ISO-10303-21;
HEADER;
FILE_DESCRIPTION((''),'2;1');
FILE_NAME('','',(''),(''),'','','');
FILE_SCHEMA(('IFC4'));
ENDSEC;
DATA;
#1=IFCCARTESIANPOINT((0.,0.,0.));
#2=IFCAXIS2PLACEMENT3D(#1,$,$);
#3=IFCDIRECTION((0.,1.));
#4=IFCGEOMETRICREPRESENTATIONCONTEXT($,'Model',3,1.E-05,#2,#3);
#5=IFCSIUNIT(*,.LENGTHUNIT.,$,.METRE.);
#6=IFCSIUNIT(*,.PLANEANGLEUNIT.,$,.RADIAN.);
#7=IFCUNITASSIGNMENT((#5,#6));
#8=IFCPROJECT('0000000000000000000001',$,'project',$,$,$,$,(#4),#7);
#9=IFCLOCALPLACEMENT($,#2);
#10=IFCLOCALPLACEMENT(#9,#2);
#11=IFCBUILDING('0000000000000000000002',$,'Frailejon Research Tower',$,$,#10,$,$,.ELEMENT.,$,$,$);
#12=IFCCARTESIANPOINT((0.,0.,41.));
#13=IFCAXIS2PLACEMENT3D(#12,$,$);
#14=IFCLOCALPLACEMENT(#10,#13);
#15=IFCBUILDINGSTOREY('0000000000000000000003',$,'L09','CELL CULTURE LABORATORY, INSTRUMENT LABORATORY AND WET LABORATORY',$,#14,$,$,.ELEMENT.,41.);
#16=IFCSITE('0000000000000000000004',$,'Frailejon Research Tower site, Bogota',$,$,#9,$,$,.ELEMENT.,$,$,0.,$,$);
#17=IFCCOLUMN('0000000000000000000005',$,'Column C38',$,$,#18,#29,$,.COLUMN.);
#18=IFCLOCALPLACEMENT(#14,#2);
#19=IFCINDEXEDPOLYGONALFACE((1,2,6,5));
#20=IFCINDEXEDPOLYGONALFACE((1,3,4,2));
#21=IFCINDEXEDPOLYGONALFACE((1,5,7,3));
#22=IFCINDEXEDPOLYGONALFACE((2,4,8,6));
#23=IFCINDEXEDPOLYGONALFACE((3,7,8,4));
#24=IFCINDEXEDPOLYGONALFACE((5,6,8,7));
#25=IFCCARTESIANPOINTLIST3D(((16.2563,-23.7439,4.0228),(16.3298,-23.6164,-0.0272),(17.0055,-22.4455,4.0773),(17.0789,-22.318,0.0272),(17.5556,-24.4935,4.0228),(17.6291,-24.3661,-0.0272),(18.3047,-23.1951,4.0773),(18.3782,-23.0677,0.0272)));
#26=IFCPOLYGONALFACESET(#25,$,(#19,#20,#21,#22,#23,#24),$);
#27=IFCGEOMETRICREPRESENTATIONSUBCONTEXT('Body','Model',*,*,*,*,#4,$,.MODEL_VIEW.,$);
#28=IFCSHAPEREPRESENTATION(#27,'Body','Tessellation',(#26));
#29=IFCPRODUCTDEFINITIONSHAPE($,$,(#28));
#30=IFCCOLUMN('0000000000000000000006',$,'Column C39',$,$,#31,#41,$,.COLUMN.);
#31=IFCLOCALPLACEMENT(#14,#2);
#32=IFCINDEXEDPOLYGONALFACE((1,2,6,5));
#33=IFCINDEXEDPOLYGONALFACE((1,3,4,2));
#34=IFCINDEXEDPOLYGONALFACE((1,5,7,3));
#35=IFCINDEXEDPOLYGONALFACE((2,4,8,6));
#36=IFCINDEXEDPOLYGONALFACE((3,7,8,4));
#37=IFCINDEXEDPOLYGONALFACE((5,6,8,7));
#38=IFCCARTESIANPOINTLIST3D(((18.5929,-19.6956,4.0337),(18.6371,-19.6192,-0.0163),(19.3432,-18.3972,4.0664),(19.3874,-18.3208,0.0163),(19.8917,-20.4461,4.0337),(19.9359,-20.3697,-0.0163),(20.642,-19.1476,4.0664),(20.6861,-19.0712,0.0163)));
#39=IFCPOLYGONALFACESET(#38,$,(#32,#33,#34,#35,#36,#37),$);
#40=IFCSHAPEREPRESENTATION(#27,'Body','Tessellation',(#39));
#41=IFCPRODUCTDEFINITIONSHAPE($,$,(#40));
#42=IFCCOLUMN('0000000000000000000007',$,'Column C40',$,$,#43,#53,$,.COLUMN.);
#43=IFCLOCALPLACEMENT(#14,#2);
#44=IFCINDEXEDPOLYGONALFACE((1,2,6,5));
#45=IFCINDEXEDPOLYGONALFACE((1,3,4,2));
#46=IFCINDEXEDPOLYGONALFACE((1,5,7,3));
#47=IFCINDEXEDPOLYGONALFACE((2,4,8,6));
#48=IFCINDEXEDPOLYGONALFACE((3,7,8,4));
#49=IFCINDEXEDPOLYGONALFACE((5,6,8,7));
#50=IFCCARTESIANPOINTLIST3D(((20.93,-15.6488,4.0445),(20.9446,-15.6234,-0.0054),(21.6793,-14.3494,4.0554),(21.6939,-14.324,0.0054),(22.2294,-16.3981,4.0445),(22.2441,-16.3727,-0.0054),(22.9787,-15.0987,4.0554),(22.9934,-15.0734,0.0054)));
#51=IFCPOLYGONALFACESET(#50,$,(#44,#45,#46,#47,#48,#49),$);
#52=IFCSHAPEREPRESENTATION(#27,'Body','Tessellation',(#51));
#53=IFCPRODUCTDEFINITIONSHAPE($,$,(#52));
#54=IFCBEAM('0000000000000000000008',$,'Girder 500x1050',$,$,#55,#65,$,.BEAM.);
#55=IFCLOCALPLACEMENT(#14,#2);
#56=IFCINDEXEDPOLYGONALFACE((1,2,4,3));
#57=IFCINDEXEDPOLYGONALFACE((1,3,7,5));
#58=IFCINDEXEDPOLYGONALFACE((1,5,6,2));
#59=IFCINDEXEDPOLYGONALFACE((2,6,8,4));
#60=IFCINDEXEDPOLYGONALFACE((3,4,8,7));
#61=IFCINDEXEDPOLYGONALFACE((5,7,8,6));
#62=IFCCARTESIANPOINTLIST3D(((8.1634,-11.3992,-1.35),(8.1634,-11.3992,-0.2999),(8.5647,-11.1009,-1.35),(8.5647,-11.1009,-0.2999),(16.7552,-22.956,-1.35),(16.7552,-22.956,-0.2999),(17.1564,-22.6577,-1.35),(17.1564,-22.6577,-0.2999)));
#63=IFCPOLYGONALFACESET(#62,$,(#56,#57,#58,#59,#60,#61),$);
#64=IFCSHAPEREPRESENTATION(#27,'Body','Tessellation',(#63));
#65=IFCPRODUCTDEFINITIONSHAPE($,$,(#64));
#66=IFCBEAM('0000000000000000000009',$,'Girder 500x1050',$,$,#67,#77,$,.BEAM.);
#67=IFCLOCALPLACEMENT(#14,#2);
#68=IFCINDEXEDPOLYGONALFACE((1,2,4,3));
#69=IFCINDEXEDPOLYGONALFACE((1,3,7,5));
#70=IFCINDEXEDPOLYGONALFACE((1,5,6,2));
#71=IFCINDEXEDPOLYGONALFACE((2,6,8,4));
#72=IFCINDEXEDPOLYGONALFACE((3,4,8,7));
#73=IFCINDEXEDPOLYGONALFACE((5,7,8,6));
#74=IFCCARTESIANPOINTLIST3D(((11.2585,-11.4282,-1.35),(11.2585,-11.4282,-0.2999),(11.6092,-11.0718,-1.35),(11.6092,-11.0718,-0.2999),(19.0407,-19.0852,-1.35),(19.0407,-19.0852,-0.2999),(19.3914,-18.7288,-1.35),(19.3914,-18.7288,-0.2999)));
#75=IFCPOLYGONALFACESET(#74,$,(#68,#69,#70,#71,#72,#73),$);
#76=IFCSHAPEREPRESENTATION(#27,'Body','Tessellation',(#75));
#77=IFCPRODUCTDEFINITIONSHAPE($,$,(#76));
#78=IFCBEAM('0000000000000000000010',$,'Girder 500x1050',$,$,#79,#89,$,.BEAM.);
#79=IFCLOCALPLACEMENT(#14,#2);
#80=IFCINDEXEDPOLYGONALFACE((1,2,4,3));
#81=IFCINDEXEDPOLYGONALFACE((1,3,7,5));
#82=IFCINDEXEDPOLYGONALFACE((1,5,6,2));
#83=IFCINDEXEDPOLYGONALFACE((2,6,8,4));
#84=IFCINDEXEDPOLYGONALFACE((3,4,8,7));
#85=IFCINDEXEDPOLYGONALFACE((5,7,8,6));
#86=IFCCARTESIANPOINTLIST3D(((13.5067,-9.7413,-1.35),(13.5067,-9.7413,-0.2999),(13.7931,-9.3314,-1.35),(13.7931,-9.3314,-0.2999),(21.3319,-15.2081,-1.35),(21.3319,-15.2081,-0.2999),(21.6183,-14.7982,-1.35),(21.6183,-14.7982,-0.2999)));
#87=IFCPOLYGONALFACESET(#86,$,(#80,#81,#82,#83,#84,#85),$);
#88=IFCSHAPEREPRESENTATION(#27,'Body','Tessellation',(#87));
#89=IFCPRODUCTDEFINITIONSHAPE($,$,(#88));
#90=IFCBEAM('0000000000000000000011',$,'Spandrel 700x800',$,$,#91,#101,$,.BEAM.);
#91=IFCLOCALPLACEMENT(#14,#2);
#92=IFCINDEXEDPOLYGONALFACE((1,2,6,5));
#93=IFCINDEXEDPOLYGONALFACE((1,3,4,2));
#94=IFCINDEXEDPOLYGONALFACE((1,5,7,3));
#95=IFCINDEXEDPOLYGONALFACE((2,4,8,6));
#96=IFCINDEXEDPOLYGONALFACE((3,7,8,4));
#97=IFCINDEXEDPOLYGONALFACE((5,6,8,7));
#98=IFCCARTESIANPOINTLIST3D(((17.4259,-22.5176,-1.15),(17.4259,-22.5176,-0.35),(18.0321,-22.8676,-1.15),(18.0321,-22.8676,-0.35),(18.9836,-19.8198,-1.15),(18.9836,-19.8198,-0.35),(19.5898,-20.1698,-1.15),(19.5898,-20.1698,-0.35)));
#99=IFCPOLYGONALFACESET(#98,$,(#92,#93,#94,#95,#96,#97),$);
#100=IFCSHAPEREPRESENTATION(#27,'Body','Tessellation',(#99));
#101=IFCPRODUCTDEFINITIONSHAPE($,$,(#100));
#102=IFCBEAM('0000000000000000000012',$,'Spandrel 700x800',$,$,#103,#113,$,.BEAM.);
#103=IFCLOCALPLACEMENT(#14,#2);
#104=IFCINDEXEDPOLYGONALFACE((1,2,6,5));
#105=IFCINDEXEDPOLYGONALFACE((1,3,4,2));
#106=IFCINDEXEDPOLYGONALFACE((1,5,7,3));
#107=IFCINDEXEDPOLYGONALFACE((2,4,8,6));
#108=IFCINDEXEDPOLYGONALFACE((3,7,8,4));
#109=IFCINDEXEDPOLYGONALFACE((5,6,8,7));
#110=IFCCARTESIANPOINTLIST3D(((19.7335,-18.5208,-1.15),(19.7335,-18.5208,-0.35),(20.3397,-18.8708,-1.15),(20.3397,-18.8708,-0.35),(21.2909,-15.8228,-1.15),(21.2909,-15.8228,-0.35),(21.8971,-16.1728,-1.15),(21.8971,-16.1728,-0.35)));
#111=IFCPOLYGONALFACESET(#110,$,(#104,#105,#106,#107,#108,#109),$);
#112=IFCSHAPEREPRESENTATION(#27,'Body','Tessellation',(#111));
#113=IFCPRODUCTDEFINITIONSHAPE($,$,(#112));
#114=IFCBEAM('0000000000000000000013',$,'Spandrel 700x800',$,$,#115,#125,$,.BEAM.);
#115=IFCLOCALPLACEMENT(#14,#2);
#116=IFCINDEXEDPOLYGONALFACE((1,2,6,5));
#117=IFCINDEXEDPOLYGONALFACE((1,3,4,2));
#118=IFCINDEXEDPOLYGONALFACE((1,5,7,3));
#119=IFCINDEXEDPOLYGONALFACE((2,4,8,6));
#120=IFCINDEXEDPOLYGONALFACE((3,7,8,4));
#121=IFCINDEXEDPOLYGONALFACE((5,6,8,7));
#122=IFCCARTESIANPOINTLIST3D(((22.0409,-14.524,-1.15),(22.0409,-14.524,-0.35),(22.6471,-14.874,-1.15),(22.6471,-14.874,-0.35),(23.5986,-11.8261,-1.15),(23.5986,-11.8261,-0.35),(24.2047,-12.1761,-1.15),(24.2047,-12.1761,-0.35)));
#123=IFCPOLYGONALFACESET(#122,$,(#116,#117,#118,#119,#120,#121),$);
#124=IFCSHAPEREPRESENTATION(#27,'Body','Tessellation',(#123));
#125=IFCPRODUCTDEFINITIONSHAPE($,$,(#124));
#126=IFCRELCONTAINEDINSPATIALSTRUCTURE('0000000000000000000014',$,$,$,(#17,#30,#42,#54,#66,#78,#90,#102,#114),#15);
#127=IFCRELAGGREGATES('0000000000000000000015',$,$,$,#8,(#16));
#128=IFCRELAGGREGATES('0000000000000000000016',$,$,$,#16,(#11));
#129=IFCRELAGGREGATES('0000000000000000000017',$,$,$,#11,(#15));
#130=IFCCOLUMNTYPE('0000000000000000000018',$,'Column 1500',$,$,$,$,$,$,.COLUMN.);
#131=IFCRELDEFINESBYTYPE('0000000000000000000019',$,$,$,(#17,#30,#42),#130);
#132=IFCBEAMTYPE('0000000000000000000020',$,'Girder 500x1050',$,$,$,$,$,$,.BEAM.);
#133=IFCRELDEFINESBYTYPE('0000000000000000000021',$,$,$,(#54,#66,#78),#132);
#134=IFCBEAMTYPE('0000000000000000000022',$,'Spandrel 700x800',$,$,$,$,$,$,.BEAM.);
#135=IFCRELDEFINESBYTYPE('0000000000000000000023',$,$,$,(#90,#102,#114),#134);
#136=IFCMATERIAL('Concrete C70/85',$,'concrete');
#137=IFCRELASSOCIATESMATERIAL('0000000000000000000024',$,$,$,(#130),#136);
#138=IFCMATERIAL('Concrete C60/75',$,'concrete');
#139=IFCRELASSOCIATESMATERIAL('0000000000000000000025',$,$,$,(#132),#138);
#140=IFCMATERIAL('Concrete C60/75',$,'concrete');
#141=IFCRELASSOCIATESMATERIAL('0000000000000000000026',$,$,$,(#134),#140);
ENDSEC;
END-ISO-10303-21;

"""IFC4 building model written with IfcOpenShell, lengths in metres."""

from ifc_helpers import new_model, si_unit, direction, frame, origin, origin_2d, place, context, subcontext, project, spatial, rectangle, extrude, material, material_profile, profile_set, type_object, element, save


model = new_model("IFC4")

# Units and contexts
model_context = context("Model", 3, precision=1e-05, world=origin(), true_north=direction((0.0, 1.0)))
body_context = subcontext(model_context, "Body", "Model", "MODEL_VIEW")
ifc_project = project(units=[si_unit("LENGTHUNIT", "METRE"), si_unit("PLANEANGLEUNIT", "RADIAN")], contexts=[model_context])

# Site, building, storey
site_placement = place(None, origin())
site = spatial("IfcSite", under=ifc_project, at=site_placement, Name="Frailejon Research Tower site, Bogota", CompositionType="ELEMENT", RefElevation=0.0)
building_placement = place(site_placement, origin())
building = spatial("IfcBuilding", under=site, at=building_placement, Name="Frailejon Research Tower", CompositionType="ELEMENT")
storey_placement = place(building_placement, frame((0.0, 0.0, 41.0)))
storey = spatial("IfcBuildingStorey", under=building, at=storey_placement, Name="L09", Description="CELL CULTURE LABORATORY, INSTRUMENT LABORATORY AND WET LABORATORY", CompositionType="ELEMENT", Elevation=41.0)

# Columns
ifc_material_1 = material(Name="Concrete C70/85", Category="concrete")
ifc_material_profile_1 = material_profile(ifc_material_1, rectangle(XDim=1.5, YDim=1.5, at=origin_2d()), Name="Column 1500")
ifc_profile_set_1 = profile_set([ifc_material_profile_1], Name="Concrete C70/85")
column_type = type_object("IfcColumnType", Name="Column 1500", PredefinedType="COLUMN", material=ifc_profile_set_1)
column_1_placement = place(storey_placement, frame((17.354, -23.342, 0.0), z_axis=(-0.018133, -0.031446, 0.999341), x_axis=(0.499425, 0.865596, 0.036299)))
element("IfcColumn", 1, at=column_1_placement, inside=storey, type_object=column_type, Name="Column C38", PredefinedType="COLUMN", context=body_context, shape_type="SweptSolid", body=[
    extrude(rectangle(XDim=1.5, YDim=1.5, at=origin_2d()), origin(), (0.0, 0.0, 1.0), 4.0527),
])
column_2_placement = place(storey_placement, frame((19.6616, -19.3452, 0.0), z_axis=(-0.010908, -0.018863, 0.999763), x_axis=(0.500187, 0.865643, 0.02179)))
element("IfcColumn", 2, at=column_2_placement, inside=storey, type_object=column_type, Name="Column C39", PredefinedType="COLUMN", context=body_context, shape_type="SweptSolid", body=[
    extrude(rectangle(XDim=1.5, YDim=1.5, at=origin_2d()), origin(), (0.0, 0.0, 1.0), 4.051),
])
column_3_placement = place(storey_placement, frame((21.969, -15.3484, 0.0), z_axis=(-0.003617, -0.006269, 0.999974), x_axis=(0.499536, 0.866263, 0.007238)))
element("IfcColumn", 3, at=column_3_placement, inside=storey, type_object=column_type, Name="Column C40", PredefinedType="COLUMN", context=body_context, shape_type="SweptSolid", body=[
    extrude(rectangle(XDim=1.5, YDim=1.5, at=origin_2d()), origin(), (0.0, 0.0, 1.0), 4.05),
])

# Beams
ifc_material_2 = material(Name="Concrete C60/75", Category="concrete")
ifc_material_profile_2 = material_profile(ifc_material_2, rectangle(XDim=0.5, YDim=1.05, at=origin_2d()), Name="Girder 500x1050")
ifc_profile_set_2 = profile_set([ifc_material_profile_2], Name="Concrete C60/75")
beam_type_1 = type_object("IfcBeamType", Name="Girder 500x1050", PredefinedType="BEAM", material=ifc_profile_set_2)
beam_1_placement = place(storey_placement, frame((16.9558, -22.8069, -0.825), z_axis=(-0.596623, 0.802522, 0.0), x_axis=(-0.802522, -0.596623, 0.0)))
element("IfcBeam", 4, at=beam_1_placement, inside=storey, type_object=beam_type_1, Name="Girder 500x1050", PredefinedType="BEAM", context=body_context, shape_type="SweptSolid", body=[
    extrude(rectangle(XDim=0.5, YDim=1.05, at=origin_2d()), origin(), (0.0, 0.0, 1.0), 14.4006),
])
beam_2_placement = place(storey_placement, frame((19.2161, -18.907, -0.825), z_axis=(-0.712819, 0.701348, 0.0), x_axis=(-0.701348, -0.712819, 0.0)))
element("IfcBeam", 5, at=beam_2_placement, inside=storey, type_object=beam_type_1, Name="Girder 500x1050", PredefinedType="BEAM", context=body_context, shape_type="SweptSolid", body=[
    extrude(rectangle(XDim=0.5, YDim=1.05, at=origin_2d()), origin(), (0.0, 0.0, 1.0), 10.9175),
])
beam_3_placement = place(storey_placement, frame((21.4751, -15.0032, -0.825), z_axis=(-0.819765, 0.5727, 0.0), x_axis=(-0.5727, -0.819765, 0.0)))
element("IfcBeam", 6, at=beam_3_placement, inside=storey, type_object=beam_type_1, Name="Girder 500x1050", PredefinedType="BEAM", context=body_context, shape_type="SweptSolid", body=[
    extrude(rectangle(XDim=0.5, YDim=1.05, at=origin_2d()), origin(), (0.0, 0.0, 1.0), 9.5457),
])
ifc_material_3 = material(Name="Concrete C60/75", Category="concrete")
ifc_material_profile_3 = material_profile(ifc_material_3, rectangle(XDim=0.7, YDim=0.8, at=origin_2d()), Name="Spandrel 700x800")
ifc_profile_set_3 = profile_set([ifc_material_profile_3], Name="Concrete C60/75")
beam_type_2 = type_object("IfcBeamType", Name="Spandrel 700x800", PredefinedType="BEAM", material=ifc_profile_set_3)
for number, where, z_axis, x_axis, name in (
    (7, (17.729, -22.6926, -0.75), (0.500016, 0.866016, 0.0), (-0.866016, 0.500016, 0.0), "Spandrel 700x800"),
    (8, (20.0366, -18.6958, -0.75), (0.499924, 0.866069, 0.0), (-0.866069, 0.499924, 0.0), "Spandrel 700x800"),
    (9, (22.344, -14.699, -0.75), (0.500016, 0.866016, 0.0), (-0.866016, 0.500016, 0.0), "Spandrel 700x800"),
):
    element("IfcBeam", number, at=place(storey_placement, frame(where, z_axis=z_axis, x_axis=x_axis)), inside=storey, type_object=beam_type_2, Name=name, PredefinedType="BEAM", context=body_context, shape_type="SweptSolid", body=[
        extrude(rectangle(XDim=0.7, YDim=0.8, at=origin_2d()), origin(), (0.0, 0.0, 1.0), 3.1152),
    ])

save(model, "model.ifc")
